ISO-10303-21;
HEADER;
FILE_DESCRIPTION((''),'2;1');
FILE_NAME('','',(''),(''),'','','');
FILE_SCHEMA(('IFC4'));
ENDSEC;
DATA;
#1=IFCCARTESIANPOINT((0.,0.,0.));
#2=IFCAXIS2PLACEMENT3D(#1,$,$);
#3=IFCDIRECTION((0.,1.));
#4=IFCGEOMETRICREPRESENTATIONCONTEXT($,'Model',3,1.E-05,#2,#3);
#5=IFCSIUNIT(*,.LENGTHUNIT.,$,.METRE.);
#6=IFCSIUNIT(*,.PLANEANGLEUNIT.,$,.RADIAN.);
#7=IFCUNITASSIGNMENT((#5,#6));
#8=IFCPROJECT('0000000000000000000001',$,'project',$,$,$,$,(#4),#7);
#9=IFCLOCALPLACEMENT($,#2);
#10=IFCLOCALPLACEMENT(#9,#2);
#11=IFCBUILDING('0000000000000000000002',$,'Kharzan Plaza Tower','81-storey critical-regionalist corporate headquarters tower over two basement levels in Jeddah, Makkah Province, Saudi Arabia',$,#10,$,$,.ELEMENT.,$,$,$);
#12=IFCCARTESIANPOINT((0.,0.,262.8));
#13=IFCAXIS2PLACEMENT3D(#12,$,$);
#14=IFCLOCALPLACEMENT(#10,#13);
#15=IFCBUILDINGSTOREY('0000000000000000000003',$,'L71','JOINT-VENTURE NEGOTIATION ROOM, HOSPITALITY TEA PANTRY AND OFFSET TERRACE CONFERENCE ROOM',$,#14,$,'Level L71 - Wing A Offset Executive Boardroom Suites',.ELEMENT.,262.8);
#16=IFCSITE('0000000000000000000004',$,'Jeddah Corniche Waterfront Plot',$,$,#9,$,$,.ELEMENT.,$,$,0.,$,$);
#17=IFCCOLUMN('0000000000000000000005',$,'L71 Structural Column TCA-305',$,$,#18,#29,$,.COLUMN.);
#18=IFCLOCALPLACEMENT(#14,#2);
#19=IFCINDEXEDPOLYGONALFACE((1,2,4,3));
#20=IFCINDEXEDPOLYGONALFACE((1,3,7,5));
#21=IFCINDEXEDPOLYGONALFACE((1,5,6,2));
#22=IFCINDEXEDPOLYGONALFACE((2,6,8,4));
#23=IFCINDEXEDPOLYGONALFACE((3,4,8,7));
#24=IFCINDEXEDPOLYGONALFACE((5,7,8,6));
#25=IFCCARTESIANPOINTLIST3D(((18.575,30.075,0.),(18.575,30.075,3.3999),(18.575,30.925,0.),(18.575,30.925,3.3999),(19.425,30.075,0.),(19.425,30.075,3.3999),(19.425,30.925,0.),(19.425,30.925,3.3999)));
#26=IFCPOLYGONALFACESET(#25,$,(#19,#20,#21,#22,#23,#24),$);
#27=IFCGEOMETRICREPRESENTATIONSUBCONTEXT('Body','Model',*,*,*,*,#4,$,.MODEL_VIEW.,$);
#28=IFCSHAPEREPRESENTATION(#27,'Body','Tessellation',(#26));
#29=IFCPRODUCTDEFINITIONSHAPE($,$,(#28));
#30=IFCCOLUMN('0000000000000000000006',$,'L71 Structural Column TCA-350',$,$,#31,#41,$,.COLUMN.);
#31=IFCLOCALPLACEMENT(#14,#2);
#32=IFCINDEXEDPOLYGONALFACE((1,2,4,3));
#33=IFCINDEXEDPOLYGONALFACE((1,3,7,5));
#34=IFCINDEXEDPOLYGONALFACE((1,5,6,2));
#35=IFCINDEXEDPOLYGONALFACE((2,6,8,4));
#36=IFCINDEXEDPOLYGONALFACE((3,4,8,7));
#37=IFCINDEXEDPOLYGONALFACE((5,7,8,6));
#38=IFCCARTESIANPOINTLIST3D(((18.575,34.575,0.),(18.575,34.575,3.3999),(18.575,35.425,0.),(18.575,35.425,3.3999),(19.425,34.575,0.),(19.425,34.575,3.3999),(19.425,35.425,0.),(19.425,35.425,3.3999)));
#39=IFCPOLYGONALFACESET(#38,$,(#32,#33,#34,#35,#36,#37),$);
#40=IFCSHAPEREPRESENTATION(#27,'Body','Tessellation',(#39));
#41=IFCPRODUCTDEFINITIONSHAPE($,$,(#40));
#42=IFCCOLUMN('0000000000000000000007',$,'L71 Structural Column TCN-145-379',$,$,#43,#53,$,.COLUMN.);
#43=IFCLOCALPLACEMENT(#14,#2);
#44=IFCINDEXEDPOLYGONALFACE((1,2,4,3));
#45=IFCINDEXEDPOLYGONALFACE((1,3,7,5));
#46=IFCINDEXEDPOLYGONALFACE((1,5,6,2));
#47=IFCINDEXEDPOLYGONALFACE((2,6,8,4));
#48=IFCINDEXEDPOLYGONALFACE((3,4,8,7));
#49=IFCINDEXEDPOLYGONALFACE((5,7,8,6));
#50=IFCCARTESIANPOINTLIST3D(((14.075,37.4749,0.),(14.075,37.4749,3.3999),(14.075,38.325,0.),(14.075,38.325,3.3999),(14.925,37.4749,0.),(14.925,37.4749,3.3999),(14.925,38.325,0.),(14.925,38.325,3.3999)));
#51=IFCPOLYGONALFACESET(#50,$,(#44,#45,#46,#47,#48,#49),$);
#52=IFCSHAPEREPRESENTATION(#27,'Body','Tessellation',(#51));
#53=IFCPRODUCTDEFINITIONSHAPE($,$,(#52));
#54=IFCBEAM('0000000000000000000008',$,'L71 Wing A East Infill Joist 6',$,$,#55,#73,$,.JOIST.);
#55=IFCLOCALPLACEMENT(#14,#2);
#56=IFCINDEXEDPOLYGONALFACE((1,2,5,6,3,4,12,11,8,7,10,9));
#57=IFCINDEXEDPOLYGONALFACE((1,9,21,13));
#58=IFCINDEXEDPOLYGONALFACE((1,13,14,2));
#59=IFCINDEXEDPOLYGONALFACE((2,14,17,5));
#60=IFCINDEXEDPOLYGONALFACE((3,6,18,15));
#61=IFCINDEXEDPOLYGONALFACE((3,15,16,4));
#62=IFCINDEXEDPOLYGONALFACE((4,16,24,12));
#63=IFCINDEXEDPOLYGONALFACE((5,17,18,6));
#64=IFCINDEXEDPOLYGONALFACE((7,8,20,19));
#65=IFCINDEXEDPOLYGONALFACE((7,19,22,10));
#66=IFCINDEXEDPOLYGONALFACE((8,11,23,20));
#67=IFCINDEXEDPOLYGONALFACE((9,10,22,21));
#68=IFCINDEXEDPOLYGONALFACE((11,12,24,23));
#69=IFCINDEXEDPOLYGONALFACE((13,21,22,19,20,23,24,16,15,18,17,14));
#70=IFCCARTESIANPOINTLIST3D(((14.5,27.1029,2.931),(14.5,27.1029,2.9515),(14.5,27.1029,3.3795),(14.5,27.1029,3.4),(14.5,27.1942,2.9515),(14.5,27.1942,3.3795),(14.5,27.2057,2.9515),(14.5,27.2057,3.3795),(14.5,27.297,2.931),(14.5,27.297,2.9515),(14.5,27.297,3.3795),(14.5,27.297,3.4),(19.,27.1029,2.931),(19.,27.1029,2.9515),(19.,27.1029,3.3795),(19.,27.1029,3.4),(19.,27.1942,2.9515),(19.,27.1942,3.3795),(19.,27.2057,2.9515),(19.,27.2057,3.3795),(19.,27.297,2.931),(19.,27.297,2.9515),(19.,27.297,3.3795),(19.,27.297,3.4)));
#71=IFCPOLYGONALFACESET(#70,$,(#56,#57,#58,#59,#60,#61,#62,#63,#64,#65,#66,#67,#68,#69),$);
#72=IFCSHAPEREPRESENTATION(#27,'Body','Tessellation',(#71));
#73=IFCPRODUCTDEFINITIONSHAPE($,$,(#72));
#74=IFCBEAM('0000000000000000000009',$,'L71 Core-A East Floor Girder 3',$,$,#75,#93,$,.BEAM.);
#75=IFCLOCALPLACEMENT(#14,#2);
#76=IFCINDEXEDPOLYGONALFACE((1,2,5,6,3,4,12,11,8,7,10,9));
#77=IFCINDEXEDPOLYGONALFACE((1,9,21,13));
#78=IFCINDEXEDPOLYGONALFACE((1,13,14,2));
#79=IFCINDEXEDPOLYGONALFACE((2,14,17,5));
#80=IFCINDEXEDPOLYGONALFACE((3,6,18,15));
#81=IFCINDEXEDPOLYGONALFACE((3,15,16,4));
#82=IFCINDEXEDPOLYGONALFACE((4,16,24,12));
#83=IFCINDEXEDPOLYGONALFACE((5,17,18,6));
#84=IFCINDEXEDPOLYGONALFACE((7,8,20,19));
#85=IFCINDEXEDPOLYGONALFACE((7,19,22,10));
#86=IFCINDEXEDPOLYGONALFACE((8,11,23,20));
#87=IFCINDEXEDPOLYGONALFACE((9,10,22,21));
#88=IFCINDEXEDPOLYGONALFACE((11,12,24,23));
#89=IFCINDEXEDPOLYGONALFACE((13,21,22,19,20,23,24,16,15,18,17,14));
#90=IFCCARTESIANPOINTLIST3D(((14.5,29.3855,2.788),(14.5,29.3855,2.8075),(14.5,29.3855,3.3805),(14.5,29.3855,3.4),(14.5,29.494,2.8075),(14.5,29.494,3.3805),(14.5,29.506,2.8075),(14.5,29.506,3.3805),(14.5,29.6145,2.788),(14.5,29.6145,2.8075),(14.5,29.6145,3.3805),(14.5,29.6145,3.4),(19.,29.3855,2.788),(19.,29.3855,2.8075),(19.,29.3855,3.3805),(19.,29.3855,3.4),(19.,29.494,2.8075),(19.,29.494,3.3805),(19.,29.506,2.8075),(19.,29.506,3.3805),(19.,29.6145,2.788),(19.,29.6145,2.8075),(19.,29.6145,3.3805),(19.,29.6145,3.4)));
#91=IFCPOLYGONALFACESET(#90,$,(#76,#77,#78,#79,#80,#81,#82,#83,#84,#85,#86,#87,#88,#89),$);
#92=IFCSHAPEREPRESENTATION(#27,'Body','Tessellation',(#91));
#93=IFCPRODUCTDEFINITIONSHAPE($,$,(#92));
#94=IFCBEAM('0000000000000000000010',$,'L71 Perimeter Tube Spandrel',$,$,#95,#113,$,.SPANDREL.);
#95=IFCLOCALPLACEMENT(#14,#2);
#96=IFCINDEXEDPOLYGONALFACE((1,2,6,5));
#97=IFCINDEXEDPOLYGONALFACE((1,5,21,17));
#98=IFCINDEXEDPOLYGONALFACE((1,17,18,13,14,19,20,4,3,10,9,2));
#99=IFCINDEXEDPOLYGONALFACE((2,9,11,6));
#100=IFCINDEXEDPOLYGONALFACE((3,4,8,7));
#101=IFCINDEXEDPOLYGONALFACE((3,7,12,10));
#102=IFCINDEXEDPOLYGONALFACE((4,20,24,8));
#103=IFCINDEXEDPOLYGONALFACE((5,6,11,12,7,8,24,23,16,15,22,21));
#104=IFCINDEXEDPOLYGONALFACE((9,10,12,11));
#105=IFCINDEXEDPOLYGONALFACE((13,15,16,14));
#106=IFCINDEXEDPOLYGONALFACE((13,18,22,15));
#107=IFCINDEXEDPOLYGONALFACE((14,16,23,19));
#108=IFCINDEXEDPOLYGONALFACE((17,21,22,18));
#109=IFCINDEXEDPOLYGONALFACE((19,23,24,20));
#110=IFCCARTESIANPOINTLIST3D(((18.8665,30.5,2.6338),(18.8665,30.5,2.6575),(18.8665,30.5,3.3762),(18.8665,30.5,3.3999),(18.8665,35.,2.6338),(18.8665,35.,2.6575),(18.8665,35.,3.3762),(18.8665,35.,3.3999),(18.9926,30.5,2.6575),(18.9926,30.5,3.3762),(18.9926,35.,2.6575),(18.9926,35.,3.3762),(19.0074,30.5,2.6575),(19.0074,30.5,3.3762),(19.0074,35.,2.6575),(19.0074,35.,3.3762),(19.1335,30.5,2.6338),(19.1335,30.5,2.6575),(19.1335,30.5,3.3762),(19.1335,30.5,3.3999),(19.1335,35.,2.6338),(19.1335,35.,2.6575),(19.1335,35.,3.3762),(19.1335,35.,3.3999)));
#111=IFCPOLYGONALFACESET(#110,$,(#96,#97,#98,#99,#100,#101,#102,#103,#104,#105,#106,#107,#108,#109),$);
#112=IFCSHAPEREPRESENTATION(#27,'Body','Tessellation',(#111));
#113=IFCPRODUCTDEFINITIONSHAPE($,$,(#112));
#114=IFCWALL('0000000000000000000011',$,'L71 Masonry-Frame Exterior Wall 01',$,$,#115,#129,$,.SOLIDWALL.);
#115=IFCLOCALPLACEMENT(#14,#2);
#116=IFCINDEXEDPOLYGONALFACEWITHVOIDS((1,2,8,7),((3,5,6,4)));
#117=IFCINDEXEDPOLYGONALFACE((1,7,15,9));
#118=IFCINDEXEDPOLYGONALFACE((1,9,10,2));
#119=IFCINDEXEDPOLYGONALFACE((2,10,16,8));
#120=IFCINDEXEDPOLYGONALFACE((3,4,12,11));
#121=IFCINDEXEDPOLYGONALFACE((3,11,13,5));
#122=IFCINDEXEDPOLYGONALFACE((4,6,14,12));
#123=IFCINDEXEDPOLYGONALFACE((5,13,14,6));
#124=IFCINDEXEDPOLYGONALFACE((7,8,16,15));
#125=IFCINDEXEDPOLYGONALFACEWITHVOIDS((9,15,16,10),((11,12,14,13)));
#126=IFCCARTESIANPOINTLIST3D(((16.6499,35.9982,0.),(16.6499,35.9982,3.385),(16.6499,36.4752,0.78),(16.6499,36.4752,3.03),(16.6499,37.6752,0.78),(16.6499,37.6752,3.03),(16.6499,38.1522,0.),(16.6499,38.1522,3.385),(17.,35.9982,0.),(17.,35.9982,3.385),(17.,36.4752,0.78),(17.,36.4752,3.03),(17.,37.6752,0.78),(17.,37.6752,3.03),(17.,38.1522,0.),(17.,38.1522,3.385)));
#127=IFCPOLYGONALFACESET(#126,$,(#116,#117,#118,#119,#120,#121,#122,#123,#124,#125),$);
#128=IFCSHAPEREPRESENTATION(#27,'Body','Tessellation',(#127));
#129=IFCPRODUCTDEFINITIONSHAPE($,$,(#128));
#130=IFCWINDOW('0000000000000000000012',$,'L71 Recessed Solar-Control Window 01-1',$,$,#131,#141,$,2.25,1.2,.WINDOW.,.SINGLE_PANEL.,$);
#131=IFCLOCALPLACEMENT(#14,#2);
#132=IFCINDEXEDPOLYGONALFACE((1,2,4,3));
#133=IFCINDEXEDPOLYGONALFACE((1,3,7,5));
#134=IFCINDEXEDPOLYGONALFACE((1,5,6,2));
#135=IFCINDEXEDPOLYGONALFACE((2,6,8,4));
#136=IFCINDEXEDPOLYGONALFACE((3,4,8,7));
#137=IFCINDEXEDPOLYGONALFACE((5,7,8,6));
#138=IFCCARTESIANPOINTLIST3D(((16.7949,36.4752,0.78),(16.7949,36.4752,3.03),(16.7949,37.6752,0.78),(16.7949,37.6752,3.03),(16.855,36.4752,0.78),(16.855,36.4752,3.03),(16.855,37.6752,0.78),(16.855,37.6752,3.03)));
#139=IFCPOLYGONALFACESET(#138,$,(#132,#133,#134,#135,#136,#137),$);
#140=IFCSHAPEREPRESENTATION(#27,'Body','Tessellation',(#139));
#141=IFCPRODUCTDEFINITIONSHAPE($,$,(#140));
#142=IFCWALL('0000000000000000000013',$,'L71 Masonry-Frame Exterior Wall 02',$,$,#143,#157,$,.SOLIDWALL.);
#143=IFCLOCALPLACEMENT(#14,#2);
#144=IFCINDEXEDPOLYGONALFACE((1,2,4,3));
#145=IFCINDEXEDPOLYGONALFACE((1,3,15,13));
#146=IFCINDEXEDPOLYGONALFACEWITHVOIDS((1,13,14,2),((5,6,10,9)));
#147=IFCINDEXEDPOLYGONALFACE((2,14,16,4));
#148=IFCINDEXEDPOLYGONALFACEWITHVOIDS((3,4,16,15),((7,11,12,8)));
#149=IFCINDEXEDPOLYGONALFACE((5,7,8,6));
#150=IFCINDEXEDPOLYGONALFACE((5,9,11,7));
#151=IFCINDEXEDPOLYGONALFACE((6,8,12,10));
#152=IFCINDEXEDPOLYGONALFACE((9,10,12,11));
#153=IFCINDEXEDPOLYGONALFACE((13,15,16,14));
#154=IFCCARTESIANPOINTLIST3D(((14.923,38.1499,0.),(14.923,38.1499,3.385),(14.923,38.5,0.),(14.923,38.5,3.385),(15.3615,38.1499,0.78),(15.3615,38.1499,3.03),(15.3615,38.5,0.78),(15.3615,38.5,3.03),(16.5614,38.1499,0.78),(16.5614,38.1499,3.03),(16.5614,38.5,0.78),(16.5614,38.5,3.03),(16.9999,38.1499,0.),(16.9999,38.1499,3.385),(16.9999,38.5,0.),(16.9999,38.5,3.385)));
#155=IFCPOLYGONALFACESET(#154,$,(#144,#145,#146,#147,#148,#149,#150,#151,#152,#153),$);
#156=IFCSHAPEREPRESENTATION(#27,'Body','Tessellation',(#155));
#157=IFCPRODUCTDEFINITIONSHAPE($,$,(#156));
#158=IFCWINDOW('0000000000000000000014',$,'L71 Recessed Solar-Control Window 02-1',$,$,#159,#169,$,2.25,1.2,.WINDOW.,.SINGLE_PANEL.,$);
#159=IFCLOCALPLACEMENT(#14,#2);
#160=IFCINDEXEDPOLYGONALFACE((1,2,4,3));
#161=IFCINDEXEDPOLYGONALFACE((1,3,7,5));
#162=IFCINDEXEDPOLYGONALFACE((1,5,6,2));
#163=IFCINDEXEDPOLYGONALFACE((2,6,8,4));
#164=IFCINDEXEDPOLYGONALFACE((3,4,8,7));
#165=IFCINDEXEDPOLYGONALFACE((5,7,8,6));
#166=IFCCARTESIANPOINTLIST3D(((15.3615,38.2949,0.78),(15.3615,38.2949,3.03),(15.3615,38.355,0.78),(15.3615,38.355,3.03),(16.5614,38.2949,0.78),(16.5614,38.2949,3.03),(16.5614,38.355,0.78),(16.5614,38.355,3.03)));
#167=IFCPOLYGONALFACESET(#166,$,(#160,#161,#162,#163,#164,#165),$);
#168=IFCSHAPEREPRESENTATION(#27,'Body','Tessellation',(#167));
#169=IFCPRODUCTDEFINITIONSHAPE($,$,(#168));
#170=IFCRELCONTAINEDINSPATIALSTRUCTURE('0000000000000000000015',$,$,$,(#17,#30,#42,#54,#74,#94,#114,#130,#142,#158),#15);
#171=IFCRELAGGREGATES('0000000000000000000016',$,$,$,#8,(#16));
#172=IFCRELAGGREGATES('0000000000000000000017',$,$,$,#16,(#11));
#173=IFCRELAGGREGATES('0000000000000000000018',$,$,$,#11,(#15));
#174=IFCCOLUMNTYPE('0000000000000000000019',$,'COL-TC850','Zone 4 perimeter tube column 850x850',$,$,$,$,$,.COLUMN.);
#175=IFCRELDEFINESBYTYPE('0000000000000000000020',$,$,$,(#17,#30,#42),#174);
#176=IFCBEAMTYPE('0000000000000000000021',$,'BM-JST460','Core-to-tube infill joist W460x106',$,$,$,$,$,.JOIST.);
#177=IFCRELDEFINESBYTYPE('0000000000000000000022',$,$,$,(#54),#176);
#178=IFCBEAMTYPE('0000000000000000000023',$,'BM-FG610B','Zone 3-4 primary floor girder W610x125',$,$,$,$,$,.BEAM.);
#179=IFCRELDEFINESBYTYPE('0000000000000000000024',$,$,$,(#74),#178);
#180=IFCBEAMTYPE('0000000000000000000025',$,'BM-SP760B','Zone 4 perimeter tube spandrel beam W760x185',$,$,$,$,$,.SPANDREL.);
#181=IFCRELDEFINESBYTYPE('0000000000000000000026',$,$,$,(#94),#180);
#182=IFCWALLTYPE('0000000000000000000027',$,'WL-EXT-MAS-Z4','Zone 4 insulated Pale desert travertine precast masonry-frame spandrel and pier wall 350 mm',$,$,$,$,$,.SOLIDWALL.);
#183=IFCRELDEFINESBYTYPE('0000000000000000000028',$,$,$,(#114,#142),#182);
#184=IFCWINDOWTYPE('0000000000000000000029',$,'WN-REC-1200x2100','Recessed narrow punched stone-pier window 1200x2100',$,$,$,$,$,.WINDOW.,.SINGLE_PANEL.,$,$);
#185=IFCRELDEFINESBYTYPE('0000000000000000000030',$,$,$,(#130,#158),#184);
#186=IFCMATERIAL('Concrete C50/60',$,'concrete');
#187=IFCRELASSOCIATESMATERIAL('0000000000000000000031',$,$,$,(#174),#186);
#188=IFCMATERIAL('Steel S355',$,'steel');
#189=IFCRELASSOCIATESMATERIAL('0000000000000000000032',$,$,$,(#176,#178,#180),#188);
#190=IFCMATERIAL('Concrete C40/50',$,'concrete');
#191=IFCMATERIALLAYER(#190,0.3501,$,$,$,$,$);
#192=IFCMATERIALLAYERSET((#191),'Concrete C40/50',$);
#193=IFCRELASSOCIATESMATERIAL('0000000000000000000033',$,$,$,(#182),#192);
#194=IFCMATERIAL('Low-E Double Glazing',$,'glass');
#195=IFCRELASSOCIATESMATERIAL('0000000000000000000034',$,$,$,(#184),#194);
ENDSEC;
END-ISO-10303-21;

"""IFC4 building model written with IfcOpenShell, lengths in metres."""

from ifc_helpers import new_model, si_unit, direction, frame, frame_2d, origin, origin_2d, place, context, subcontext, project, spatial, rectangle, i_section, extrude, source, transform, mapped, material, layer, layer_set, material_profile, profile_set, type_object, element, fill, save


model = new_model("IFC4")

# Units and contexts
model_context = context("Model", 3, precision=1e-05, world=origin(), true_north=direction((0.0, 1.0)))
body_context = subcontext(model_context, "Body", "Model", "MODEL_VIEW")
ifc_project = project(units=[si_unit("LENGTHUNIT", "METRE"), si_unit("PLANEANGLEUNIT", "RADIAN")], contexts=[model_context])

# Site, building, storey
site_placement = place(None, origin())
site = spatial("IfcSite", under=ifc_project, at=site_placement, Name="Jeddah Corniche Waterfront Plot", CompositionType="ELEMENT", RefElevation=0.0)
building_placement = place(site_placement, origin())
building = spatial("IfcBuilding", under=site, at=building_placement, Name="Kharzan Plaza Tower", Description="81-storey critical-regionalist corporate headquarters tower over two basement levels in Jeddah, Makkah Province, Saudi Arabia", CompositionType="ELEMENT")
storey_placement = place(building_placement, frame((0.0, 0.0, 262.8)))
storey = spatial("IfcBuildingStorey", under=building, at=storey_placement, Name="L71", Description="JOINT-VENTURE NEGOTIATION ROOM, HOSPITALITY TEA PANTRY AND OFFSET TERRACE CONFERENCE ROOM", LongName="Level L71 - Wing A Offset Executive Boardroom Suites", CompositionType="ELEMENT", Elevation=262.8)

# Columns
ifc_material_1 = material(Name="Concrete C50/60", Category="concrete")
ifc_material_profile_1 = material_profile(ifc_material_1, rectangle(XDim=0.8501, YDim=0.8501, at=origin_2d()), Name="RC-TC850x850")
ifc_profile_set_1 = profile_set([ifc_material_profile_1], Name="Concrete C50/60")
column_type = type_object("IfcColumnType", Name="COL-TC850", Description="Zone 4 perimeter tube column 850x850", PredefinedType="COLUMN", material=ifc_profile_set_1)
shared_shape_1 = source(origin(), body_context, "Body", "SweptSolid", [
    extrude(rectangle(XDim=0.8501, YDim=0.8501, at=origin_2d()), origin(), (0.0, 0.0, 1.0), 3.3999),
])
for number, where, z_axis, x_axis, name in (
    (1, (19.0, 30.5, 0.0), (0.0, 0.0, 1.0), (1.0, 0.0, 0.0), "L71 Structural Column TCA-305"),
    (2, (19.0, 35.0, 0.0), (0.0, 0.0, 1.0), (1.0, 0.0, 0.0), "L71 Structural Column TCA-350"),
    (3, (14.5, 37.8999, 0.0), (0.0, 0.0, 1.0), (1.0, 0.0, 0.0), "L71 Structural Column TCN-145-379"),
):
    element("IfcColumn", number, at=place(storey_placement, frame(where, z_axis=z_axis, x_axis=x_axis)), inside=storey, type_object=column_type, Name=name, PredefinedType="COLUMN", context=body_context, shape_type="MappedRepresentation", body=[
        mapped(shared_shape_1, transform((0.0, 0.0, 0.0), x_axis=(1.0, 0.0, 0.0), y_axis=(0.0, 1.0, 0.0), z_axis=(0.0, 0.0, 1.0))),
    ])

# Beams
ifc_material_2 = material(Name="Steel S355", Category="steel")
ifc_material_profile_2 = material_profile(ifc_material_2, i_section(OverallWidth=0.1941, OverallDepth=0.469, WebThickness=0.0115, FlangeThickness=0.0205, at=origin_2d()), Name="W460x106")
ifc_profile_set_2 = profile_set([ifc_material_profile_2], Name="Steel S355")
beam_type_1 = type_object("IfcBeamType", Name="BM-JST460", Description="Core-to-tube infill joist W460x106", PredefinedType="JOIST", material=ifc_profile_set_2)
shared_shape_2 = source(origin(), body_context, "Body", "SweptSolid", [
    extrude(i_section(OverallWidth=0.1941, OverallDepth=0.469, WebThickness=0.0115, FlangeThickness=0.0205, at=origin_2d()), origin(), (0.0, 0.0, 1.0), 4.5),
])
beam_1_placement = place(storey_placement, frame((14.5, 27.2, 3.1655), z_axis=(1.0, 0.0, 0.0), x_axis=(0.0, 1.0, 0.0)))
element("IfcBeam", 4, at=beam_1_placement, inside=storey, type_object=beam_type_1, Name="L71 Wing A East Infill Joist 6", PredefinedType="JOIST", context=body_context, shape_type="MappedRepresentation", body=[
    mapped(shared_shape_2, transform((0.0, 0.0, 0.0), x_axis=(1.0, 0.0, 0.0), y_axis=(0.0, 1.0, 0.0), z_axis=(0.0, 0.0, 1.0))),
])
ifc_material_profile_3 = material_profile(ifc_material_2, i_section(OverallWidth=0.229, OverallDepth=0.6121, WebThickness=0.012, FlangeThickness=0.0195, at=origin_2d()), Name="W610x125")
ifc_profile_set_3 = profile_set([ifc_material_profile_3], Name="Steel S355")
beam_type_2 = type_object("IfcBeamType", Name="BM-FG610B", Description="Zone 3-4 primary floor girder W610x125", PredefinedType="BEAM", material=ifc_profile_set_3)
shared_shape_3 = source(origin(), body_context, "Body", "SweptSolid", [
    extrude(i_section(OverallWidth=0.229, OverallDepth=0.6121, WebThickness=0.012, FlangeThickness=0.0195, at=origin_2d()), origin(), (0.0, 0.0, 1.0), 4.5),
])
beam_2_placement = place(storey_placement, frame((14.5, 29.5, 3.094), z_axis=(1.0, 0.0, 0.0), x_axis=(0.0, 1.0, 0.0)))
element("IfcBeam", 5, at=beam_2_placement, inside=storey, type_object=beam_type_2, Name="L71 Core-A East Floor Girder 3", PredefinedType="BEAM", context=body_context, shape_type="MappedRepresentation", body=[
    mapped(shared_shape_3, transform((0.0, 0.0, 0.0), x_axis=(1.0, 0.0, 0.0), y_axis=(0.0, 1.0, 0.0), z_axis=(0.0, 0.0, 1.0))),
])
ifc_material_profile_4 = material_profile(ifc_material_2, i_section(OverallWidth=0.2671, OverallDepth=0.7661, WebThickness=0.0149, FlangeThickness=0.0237, at=origin_2d()), Name="W760x185")
ifc_profile_set_4 = profile_set([ifc_material_profile_4], Name="Steel S355")
beam_type_3 = type_object("IfcBeamType", Name="BM-SP760B", Description="Zone 4 perimeter tube spandrel beam W760x185", PredefinedType="SPANDREL", material=ifc_profile_set_4)
shared_shape_4 = source(origin(), body_context, "Body", "SweptSolid", [
    extrude(i_section(OverallWidth=0.2671, OverallDepth=0.7661, WebThickness=0.0149, FlangeThickness=0.0237, at=origin_2d()), origin(), (0.0, 0.0, 1.0), 4.5),
])
beam_3_placement = place(storey_placement, frame((19.0, 30.5, 3.0168), z_axis=(0.0, 1.0, 0.0), x_axis=(-1.0, 0.0, 0.0)))
element("IfcBeam", 6, at=beam_3_placement, inside=storey, type_object=beam_type_3, Name="L71 Perimeter Tube Spandrel", PredefinedType="SPANDREL", context=body_context, shape_type="MappedRepresentation", body=[
    mapped(shared_shape_4, transform((0.0, 0.0, 0.0), x_axis=(1.0, 0.0, 0.0), y_axis=(0.0, 1.0, 0.0), z_axis=(0.0, 0.0, 1.0))),
])

# Walls, openings, windows
ifc_material_3 = material(Name="Concrete C40/50", Category="concrete")
ifc_layer = layer(ifc_material_3, 0.3501)
ifc_layer_set = layer_set([ifc_layer], Name="Concrete C40/50")
wall_type = type_object("IfcWallType", Name="WL-EXT-MAS-Z4", Description="Zone 4 insulated Pale desert travertine precast masonry-frame spandrel and pier wall 350 mm", PredefinedType="SOLIDWALL", material=ifc_layer_set)
wall_1_placement = place(storey_placement, frame((16.825, 35.998, 0.0), z_axis=(0.0, 0.0, 1.0), x_axis=(0.0, 1.0, 0.0)))
wall_1 = element("IfcWall", 7, at=wall_1_placement, inside=storey, type_object=wall_type, Name="L71 Masonry-Frame Exterior Wall 01", PredefinedType="SOLIDWALL", context=body_context, shape_type="SweptSolid", body=[
    extrude(rectangle(XDim=2.1541, YDim=0.3501, at=frame_2d((1.0771, 0.0))), origin(), (0.0, 0.0, 1.0), 3.385),
])
opening_1_placement = place(wall_1_placement, frame((0.4771, 0.0, 0.78)))
opening_1 = element("IfcOpeningElement", 8, at=opening_1_placement, cuts=wall_1, PredefinedType="OPENING", context=body_context, shape_type="SweptSolid", body=[
    extrude(rectangle(XDim=1.2, YDim=2.25, at=frame_2d((0.6001, 1.125))), frame((0.0, 0.1851, 0.0), z_axis=(0.0, -1.0, 0.0), x_axis=(1.0, 0.0, 0.0)), (0.0, 0.0, 1.0), 0.3701),
])
ifc_material_4 = material(Name="Low-E Double Glazing", Category="glass")
window_type_1 = type_object("IfcWindowType", Name="WN-REC-1200x2100", Description="Recessed narrow punched stone-pier window 1200x2100", PartitioningType="SINGLE_PANEL", PredefinedType="WINDOW", material=ifc_material_4)
shared_shape_5 = source(origin(), body_context, "Body", "SweptSolid", [
    extrude(rectangle(XDim=1.2, YDim=2.25, at=frame_2d((0.6001, 1.125))), frame((0.0, 0.03, 0.0), z_axis=(0.0, -1.0, 0.0), x_axis=(1.0, 0.0, 0.0)), (0.0, 0.0, 1.0), 0.0601),
])
window_1_placement = place(opening_1_placement, origin())
window_1 = element("IfcWindow", 9, at=window_1_placement, inside=storey, type_object=window_type_1, Name="L71 Recessed Solar-Control Window 01-1", OverallHeight=2.25, OverallWidth=1.2, PartitioningType="SINGLE_PANEL", PredefinedType="WINDOW", context=body_context, shape_type="MappedRepresentation", body=[
    mapped(shared_shape_5, transform((0.0, 0.0, 0.0), x_axis=(1.0, 0.0, 0.0), y_axis=(0.0, 1.0, 0.0), z_axis=(0.0, 0.0, 1.0))),
])
fill(opening_1, window_1)
wall_2_placement = place(storey_placement, frame((17.0, 38.325, 0.0), z_axis=(0.0, 0.0, 1.0), x_axis=(-1.0, 0.0, 0.0)))
wall_2 = element("IfcWall", 10, at=wall_2_placement, inside=storey, type_object=wall_type, Name="L71 Masonry-Frame Exterior Wall 02", PredefinedType="SOLIDWALL", context=body_context, shape_type="SweptSolid", body=[
    extrude(rectangle(XDim=2.0769, YDim=0.3501, at=frame_2d((1.0386, 0.0))), origin(), (0.0, 0.0, 1.0), 3.385),
])
opening_2_placement = place(wall_2_placement, frame((0.4385, 0.0, 0.78)))
opening_2 = element("IfcOpeningElement", 11, at=opening_2_placement, cuts=wall_2, PredefinedType="OPENING", context=body_context, shape_type="SweptSolid", body=[
    extrude(rectangle(XDim=1.2, YDim=2.25, at=frame_2d((0.6001, 1.125))), frame((0.0, 0.1851, 0.0), z_axis=(0.0, -1.0, 0.0), x_axis=(1.0, 0.0, 0.0)), (0.0, 0.0, 1.0), 0.3701),
])
window_2_placement = place(opening_2_placement, origin())
window_2 = element("IfcWindow", 12, at=window_2_placement, inside=storey, type_object=window_type_1, Name="L71 Recessed Solar-Control Window 02-1", OverallHeight=2.25, OverallWidth=1.2, PartitioningType="SINGLE_PANEL", PredefinedType="WINDOW", context=body_context, shape_type="MappedRepresentation", body=[
    mapped(shared_shape_5, transform((0.0, 0.0, 0.0), x_axis=(1.0, 0.0, 0.0), y_axis=(0.0, 1.0, 0.0), z_axis=(0.0, 0.0, 1.0))),
])
fill(opening_2, window_2)

save(model, "model.ifc")
